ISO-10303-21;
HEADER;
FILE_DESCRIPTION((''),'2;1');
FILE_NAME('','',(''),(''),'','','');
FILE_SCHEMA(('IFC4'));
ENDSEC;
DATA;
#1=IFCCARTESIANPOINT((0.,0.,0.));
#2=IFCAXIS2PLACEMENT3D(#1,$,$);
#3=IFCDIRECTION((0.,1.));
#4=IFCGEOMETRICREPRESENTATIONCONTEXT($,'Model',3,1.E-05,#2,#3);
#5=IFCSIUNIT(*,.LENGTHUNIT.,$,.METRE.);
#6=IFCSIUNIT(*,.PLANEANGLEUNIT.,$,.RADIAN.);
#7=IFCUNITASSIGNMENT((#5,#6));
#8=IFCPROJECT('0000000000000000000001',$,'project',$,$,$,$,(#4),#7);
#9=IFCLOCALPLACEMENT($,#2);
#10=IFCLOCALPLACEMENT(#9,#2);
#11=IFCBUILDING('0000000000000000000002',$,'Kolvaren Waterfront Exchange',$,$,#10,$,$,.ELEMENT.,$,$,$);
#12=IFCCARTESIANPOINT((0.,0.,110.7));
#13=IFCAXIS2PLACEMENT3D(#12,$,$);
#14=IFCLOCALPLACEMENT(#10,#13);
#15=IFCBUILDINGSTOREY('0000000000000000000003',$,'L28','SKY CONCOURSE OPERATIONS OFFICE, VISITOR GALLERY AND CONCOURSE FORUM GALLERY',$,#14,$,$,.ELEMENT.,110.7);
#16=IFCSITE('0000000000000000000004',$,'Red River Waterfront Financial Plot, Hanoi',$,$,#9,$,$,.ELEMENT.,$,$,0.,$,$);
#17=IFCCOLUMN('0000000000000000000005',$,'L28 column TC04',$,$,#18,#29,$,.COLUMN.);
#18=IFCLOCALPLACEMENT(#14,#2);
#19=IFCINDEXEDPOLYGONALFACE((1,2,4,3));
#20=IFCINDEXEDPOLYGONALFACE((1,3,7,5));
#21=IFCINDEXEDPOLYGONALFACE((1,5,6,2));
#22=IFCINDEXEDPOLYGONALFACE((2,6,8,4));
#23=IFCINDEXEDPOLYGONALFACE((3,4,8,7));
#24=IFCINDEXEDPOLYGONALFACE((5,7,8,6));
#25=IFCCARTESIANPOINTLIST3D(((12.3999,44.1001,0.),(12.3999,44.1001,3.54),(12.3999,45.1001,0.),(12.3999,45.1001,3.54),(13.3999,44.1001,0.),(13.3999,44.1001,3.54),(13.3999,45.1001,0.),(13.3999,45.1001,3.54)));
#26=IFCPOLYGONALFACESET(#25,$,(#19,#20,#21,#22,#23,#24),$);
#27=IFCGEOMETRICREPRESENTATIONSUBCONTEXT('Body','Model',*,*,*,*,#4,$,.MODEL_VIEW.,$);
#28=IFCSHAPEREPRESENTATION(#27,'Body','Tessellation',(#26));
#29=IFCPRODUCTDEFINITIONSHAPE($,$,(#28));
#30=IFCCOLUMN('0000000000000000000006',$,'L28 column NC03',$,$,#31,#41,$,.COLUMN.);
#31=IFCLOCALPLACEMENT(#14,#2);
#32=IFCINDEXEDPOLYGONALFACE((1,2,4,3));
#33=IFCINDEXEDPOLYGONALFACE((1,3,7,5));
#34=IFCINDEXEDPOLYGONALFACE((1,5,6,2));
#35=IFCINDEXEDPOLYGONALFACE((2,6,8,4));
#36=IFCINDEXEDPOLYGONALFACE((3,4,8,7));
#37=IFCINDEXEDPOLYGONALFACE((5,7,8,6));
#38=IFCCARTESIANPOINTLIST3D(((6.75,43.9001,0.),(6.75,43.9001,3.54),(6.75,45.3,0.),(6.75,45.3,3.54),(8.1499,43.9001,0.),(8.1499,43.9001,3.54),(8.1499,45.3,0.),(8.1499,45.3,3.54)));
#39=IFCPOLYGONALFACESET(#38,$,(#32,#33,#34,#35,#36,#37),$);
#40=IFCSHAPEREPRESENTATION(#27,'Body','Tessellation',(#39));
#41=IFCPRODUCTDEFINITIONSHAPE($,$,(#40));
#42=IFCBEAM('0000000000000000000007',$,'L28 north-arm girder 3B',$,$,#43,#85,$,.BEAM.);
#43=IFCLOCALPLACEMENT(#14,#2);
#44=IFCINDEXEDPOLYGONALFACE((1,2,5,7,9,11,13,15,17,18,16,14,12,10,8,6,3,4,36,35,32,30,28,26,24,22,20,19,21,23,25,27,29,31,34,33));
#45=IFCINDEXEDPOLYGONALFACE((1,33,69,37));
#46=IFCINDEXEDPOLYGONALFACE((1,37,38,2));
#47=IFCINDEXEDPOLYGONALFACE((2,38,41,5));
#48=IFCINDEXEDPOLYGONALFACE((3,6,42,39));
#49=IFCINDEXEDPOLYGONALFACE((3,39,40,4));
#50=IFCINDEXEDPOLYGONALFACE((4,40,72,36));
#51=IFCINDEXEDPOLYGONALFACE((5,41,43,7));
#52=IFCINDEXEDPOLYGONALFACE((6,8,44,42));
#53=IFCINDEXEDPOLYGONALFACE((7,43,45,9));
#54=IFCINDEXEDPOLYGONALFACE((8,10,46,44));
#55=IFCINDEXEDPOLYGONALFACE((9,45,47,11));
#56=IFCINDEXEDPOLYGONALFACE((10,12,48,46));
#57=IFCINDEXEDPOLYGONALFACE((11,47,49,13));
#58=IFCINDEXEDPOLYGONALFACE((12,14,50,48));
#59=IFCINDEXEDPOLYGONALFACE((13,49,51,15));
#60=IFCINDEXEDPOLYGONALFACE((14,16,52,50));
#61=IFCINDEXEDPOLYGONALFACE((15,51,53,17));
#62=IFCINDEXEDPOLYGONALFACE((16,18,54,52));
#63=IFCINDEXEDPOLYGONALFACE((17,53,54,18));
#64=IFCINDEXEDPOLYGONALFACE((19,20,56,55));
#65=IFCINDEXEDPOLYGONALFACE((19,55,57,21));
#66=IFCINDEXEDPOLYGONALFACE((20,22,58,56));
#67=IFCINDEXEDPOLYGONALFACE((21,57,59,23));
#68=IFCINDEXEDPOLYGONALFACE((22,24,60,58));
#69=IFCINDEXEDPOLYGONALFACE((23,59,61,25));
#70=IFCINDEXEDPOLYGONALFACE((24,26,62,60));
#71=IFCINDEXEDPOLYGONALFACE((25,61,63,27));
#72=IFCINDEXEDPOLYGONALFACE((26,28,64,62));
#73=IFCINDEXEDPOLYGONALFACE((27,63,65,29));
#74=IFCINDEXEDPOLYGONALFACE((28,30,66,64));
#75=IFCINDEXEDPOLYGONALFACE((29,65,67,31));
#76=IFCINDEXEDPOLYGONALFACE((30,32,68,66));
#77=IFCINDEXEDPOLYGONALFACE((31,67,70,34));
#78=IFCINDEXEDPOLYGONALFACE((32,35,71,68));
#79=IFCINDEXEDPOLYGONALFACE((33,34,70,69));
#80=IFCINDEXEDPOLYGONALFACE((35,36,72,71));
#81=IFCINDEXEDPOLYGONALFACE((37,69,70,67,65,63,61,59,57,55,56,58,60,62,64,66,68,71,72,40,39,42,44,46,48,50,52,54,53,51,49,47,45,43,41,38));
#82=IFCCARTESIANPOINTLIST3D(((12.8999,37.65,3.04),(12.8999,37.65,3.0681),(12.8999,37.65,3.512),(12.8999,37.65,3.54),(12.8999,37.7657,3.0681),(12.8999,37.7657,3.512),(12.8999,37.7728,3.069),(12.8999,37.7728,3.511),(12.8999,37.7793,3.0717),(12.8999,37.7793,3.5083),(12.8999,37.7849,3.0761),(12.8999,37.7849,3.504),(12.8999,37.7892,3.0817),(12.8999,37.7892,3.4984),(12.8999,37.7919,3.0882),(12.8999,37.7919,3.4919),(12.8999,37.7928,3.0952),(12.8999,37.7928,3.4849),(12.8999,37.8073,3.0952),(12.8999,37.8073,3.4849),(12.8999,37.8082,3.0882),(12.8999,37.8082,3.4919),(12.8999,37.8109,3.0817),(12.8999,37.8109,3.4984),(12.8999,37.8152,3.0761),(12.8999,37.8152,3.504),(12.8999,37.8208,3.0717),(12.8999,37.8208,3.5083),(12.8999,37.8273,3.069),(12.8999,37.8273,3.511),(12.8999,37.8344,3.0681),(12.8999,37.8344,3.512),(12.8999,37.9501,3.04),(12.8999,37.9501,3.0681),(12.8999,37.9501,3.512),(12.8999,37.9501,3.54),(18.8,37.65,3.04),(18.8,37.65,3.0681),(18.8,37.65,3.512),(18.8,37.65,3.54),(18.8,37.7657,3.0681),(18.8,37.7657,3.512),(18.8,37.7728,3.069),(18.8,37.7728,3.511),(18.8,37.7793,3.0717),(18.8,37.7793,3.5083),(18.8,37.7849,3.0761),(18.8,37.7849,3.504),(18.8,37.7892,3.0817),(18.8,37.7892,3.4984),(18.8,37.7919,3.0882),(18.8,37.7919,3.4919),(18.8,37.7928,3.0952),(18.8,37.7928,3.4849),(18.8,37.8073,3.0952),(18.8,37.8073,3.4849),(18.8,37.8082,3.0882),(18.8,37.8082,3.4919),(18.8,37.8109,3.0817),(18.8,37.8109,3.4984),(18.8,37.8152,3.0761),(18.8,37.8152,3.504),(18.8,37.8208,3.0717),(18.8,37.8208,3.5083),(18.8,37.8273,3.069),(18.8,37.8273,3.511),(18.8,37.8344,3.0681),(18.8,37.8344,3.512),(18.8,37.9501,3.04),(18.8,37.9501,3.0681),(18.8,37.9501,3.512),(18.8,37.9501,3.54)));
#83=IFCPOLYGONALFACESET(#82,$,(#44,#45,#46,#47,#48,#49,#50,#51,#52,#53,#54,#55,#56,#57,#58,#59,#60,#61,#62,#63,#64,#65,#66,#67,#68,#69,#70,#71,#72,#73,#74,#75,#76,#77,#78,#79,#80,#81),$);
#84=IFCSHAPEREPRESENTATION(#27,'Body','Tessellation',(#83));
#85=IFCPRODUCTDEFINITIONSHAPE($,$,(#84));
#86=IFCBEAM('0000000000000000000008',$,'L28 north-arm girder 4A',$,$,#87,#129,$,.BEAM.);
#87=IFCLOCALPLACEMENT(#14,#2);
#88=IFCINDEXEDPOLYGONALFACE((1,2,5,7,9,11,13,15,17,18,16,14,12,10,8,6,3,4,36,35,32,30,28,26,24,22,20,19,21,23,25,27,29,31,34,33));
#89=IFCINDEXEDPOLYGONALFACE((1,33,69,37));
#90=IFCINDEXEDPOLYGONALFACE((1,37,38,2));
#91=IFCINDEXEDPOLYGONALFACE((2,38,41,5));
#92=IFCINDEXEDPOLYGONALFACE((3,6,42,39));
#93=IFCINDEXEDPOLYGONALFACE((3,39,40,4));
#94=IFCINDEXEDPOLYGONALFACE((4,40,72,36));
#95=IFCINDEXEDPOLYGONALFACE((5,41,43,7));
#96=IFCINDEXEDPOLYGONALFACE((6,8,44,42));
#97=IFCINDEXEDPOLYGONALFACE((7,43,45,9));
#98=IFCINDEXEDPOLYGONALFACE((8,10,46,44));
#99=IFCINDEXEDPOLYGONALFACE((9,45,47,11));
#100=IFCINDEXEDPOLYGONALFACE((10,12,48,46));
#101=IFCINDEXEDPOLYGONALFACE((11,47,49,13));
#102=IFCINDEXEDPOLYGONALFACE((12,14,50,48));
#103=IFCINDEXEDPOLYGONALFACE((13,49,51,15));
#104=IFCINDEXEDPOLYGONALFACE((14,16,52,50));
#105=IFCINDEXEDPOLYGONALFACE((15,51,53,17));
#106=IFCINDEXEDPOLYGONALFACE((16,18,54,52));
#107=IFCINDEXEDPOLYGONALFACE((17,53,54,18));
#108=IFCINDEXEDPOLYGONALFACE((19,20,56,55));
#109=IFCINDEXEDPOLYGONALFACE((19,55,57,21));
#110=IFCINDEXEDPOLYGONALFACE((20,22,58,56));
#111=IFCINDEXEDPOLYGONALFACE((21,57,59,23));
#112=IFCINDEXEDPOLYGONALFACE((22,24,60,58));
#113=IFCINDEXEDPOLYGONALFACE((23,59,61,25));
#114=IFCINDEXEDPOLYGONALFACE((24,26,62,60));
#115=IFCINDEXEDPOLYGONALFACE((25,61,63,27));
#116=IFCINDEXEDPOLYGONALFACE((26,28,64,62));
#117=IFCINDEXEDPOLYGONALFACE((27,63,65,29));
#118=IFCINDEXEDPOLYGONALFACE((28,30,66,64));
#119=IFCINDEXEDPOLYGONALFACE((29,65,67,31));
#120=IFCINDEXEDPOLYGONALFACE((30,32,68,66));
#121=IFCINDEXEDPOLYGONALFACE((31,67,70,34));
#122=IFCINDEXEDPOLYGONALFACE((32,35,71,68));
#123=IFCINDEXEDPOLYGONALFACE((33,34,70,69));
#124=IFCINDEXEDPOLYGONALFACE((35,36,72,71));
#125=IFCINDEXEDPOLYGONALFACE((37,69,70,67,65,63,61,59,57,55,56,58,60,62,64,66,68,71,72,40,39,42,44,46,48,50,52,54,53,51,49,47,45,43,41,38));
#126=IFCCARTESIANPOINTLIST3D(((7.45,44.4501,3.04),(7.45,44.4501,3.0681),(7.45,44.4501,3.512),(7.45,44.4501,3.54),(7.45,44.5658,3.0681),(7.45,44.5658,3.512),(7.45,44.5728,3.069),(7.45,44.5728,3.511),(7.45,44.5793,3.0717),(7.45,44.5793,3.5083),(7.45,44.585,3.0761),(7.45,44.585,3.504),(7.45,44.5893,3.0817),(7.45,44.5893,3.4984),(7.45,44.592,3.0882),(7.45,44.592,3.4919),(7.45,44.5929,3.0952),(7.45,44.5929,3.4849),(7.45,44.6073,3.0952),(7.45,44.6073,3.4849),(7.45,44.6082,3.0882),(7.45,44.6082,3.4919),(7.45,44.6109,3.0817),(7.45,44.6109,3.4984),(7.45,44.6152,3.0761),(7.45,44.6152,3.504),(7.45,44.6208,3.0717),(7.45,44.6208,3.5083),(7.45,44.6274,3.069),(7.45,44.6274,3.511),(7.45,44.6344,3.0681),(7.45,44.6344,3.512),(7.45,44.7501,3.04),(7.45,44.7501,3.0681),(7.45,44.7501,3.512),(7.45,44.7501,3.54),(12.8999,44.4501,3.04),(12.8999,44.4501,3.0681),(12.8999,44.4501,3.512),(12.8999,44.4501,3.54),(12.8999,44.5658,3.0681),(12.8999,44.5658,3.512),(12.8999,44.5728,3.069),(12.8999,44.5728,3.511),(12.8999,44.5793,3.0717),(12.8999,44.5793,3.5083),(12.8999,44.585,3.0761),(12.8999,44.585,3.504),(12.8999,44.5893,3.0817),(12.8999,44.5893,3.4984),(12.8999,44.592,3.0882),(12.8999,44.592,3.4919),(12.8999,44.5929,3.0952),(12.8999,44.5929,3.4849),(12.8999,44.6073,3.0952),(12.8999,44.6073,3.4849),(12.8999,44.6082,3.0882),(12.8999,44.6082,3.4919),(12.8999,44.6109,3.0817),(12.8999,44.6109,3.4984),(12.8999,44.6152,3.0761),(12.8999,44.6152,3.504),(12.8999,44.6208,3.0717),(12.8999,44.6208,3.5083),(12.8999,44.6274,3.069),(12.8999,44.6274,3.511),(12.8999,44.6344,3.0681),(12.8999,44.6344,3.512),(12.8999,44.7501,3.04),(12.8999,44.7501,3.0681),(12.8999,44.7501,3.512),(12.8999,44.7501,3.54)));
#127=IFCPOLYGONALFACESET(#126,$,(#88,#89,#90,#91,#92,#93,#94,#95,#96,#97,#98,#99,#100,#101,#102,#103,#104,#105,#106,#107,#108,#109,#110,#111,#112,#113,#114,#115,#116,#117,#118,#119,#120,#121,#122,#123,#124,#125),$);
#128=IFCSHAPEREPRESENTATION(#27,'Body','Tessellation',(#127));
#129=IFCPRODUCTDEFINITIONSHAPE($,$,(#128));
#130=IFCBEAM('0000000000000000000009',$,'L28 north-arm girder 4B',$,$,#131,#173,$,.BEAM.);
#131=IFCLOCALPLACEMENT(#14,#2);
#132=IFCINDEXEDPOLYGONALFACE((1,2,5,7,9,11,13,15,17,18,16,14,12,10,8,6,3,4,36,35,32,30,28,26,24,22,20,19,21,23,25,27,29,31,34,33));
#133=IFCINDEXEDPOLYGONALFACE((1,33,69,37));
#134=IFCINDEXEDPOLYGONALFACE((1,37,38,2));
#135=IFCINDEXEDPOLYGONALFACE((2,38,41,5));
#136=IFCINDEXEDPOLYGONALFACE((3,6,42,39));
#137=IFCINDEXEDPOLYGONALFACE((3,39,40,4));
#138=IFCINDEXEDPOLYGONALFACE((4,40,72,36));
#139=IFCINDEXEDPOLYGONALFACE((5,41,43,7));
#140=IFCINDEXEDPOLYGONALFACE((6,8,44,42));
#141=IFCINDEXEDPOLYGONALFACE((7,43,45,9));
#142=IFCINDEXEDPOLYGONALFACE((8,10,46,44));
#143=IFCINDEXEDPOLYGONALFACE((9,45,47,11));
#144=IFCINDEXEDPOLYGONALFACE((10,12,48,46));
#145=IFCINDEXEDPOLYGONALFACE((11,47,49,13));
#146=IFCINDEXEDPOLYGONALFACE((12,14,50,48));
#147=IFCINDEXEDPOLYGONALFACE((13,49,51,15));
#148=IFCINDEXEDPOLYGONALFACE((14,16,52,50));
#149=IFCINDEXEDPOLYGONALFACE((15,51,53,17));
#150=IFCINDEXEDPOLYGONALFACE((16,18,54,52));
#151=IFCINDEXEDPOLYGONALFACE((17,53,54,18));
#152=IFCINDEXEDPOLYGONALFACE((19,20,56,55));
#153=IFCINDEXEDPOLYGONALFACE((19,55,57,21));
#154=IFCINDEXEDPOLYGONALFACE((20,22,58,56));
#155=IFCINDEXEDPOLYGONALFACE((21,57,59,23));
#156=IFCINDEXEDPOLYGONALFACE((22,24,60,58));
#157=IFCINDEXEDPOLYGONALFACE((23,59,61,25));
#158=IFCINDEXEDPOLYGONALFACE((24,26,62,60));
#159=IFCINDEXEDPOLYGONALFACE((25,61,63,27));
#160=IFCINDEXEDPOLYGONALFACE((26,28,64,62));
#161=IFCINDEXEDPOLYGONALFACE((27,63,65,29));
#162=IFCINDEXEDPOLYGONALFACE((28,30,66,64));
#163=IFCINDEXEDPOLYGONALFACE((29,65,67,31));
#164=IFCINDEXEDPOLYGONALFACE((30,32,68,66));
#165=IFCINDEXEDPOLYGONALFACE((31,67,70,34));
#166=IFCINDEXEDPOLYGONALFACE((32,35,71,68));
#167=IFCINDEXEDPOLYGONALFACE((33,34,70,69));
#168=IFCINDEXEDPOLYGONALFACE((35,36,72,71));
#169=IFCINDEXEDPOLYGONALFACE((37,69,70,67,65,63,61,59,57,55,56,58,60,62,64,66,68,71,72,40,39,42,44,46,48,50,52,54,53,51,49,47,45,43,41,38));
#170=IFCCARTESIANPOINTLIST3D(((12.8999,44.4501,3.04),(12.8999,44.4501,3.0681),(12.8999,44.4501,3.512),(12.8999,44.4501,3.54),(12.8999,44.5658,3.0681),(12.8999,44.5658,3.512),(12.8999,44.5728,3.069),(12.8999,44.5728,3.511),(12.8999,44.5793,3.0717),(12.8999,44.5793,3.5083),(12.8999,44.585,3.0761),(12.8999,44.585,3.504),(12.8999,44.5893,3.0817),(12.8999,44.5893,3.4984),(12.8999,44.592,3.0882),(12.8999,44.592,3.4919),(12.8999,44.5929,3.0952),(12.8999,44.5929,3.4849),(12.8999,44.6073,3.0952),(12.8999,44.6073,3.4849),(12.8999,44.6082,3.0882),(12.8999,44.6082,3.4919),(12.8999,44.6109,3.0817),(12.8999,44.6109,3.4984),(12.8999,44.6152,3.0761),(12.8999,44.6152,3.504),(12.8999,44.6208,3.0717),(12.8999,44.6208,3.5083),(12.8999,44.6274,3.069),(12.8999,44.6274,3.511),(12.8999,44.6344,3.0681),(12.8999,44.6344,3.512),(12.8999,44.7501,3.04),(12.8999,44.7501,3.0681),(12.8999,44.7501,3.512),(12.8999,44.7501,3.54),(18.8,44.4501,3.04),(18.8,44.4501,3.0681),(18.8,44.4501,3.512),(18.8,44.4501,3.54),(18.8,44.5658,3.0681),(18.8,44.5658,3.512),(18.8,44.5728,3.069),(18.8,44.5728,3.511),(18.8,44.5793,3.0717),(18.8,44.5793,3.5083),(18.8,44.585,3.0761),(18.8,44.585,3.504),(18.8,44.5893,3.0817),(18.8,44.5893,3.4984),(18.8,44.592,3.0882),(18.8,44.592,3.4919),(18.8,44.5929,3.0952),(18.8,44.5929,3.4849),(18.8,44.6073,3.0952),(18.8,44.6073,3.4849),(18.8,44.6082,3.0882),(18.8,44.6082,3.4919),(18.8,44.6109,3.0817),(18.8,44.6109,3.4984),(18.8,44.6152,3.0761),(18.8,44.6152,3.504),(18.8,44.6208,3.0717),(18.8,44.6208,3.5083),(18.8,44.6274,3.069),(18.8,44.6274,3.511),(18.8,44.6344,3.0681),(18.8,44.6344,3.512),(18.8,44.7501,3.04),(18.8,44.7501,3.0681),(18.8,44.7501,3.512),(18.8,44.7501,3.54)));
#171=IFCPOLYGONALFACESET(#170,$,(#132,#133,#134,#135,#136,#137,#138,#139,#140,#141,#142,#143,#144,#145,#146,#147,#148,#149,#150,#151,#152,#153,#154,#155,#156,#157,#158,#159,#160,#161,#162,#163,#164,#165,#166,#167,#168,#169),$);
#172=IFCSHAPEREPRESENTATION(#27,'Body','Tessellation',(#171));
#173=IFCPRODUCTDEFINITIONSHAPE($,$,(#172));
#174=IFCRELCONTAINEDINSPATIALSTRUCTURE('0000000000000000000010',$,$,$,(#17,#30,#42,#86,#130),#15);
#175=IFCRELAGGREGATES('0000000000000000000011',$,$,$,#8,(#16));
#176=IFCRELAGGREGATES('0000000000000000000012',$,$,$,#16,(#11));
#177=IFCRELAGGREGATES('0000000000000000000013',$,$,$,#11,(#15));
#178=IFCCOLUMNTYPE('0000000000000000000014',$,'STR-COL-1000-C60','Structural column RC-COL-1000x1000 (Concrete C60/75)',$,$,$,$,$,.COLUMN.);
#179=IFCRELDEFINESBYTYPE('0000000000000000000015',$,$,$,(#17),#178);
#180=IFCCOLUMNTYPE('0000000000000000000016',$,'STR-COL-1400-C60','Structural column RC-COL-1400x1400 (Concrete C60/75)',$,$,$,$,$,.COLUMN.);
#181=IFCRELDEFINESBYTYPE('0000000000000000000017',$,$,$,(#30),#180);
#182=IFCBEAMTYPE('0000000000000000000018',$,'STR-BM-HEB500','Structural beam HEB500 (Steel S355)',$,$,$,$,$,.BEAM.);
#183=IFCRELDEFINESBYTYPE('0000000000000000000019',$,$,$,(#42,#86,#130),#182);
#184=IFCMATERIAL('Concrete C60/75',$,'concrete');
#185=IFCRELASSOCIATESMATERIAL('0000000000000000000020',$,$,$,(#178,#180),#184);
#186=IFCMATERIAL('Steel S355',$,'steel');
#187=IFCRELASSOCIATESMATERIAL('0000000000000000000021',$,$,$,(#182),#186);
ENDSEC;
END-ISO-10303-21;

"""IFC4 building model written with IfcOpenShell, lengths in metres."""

from ifc_helpers import new_model, si_unit, direction, frame, origin, origin_2d, place, context, subcontext, project, spatial, rectangle, i_section, extrude, material, material_profile, profile_set, type_object, element, save


model = new_model("IFC4")

# Units and contexts
model_context = context("Model", 3, precision=1e-05, world=origin(), true_north=direction((0.0, 1.0)))
body_context = subcontext(model_context, "Body", "Model", "MODEL_VIEW")
ifc_project = project(units=[si_unit("LENGTHUNIT", "METRE"), si_unit("PLANEANGLEUNIT", "RADIAN")], contexts=[model_context])

# Site, building, storey
site_placement = place(None, origin())
site = spatial("IfcSite", under=ifc_project, at=site_placement, Name="Red River Waterfront Financial Plot, Hanoi", CompositionType="ELEMENT", RefElevation=0.0)
building_placement = place(site_placement, origin())
building = spatial("IfcBuilding", under=site, at=building_placement, Name="Kolvaren Waterfront Exchange", CompositionType="ELEMENT")
storey_placement = place(building_placement, frame((0.0, 0.0, 110.7)))
storey = spatial("IfcBuildingStorey", under=building, at=storey_placement, Name="L28", Description="SKY CONCOURSE OPERATIONS OFFICE, VISITOR GALLERY AND CONCOURSE FORUM GALLERY", CompositionType="ELEMENT", Elevation=110.7)

# Columns
ifc_material_1 = material(Name="Concrete C60/75", Category="concrete")
ifc_material_profile_1 = material_profile(ifc_material_1, rectangle(XDim=1.0, YDim=1.0, at=origin_2d()), Name="RC-COL-1000x1000")
ifc_profile_set_1 = profile_set([ifc_material_profile_1], Name="Concrete C60/75")
column_type_1 = type_object("IfcColumnType", Name="STR-COL-1000-C60", Description="Structural column RC-COL-1000x1000 (Concrete C60/75)", PredefinedType="COLUMN", material=ifc_profile_set_1)
column_1_placement = place(storey_placement, frame((12.8999, 44.6001, 0.0), z_axis=(0.0, 0.0, 1.0), x_axis=(1.0, 0.0, 0.0)))
element("IfcColumn", 1, at=column_1_placement, inside=storey, type_object=column_type_1, Name="L28 column TC04", PredefinedType="COLUMN", context=body_context, shape_type="SweptSolid", body=[
    extrude(rectangle(XDim=1.0, YDim=1.0, at=origin_2d()), origin(), (0.0, 0.0, 1.0), 3.54),
])
ifc_material_profile_2 = material_profile(ifc_material_1, rectangle(XDim=1.3999, YDim=1.3999, at=origin_2d()), Name="RC-COL-1400x1400")
ifc_profile_set_2 = profile_set([ifc_material_profile_2], Name="Concrete C60/75")
column_type_2 = type_object("IfcColumnType", Name="STR-COL-1400-C60", Description="Structural column RC-COL-1400x1400 (Concrete C60/75)", PredefinedType="COLUMN", material=ifc_profile_set_2)
column_2_placement = place(storey_placement, frame((7.45, 44.6001, 0.0), z_axis=(0.0, 0.0, 1.0), x_axis=(1.0, 0.0, 0.0)))
element("IfcColumn", 2, at=column_2_placement, inside=storey, type_object=column_type_2, Name="L28 column NC03", PredefinedType="COLUMN", context=body_context, shape_type="SweptSolid", body=[
    extrude(rectangle(XDim=1.3999, YDim=1.3999, at=origin_2d()), origin(), (0.0, 0.0, 1.0), 3.54),
])

# Beams
ifc_material_2 = material(Name="Steel S355", Category="steel")
ifc_material_profile_3 = material_profile(ifc_material_2, i_section(OverallWidth=0.3, OverallDepth=0.5, WebThickness=0.0144, FlangeThickness=0.0281, FilletRadius=0.0271, at=origin_2d()), Name="HEB500")
ifc_profile_set_3 = profile_set([ifc_material_profile_3], Name="Steel S355")
beam_type_1 = type_object("IfcBeamType", Name="STR-BM-HEB500", Description="Structural beam HEB500 (Steel S355)", PredefinedType="BEAM", material=ifc_profile_set_3)
beam_1_placement = place(storey_placement, frame((12.8999, 37.8, 3.29), z_axis=(1.0, 0.0, 0.0), x_axis=(0.0, 1.0, 0.0)))
element("IfcBeam", 3, at=beam_1_placement, inside=storey, type_object=beam_type_1, Name="L28 north-arm girder 3B", PredefinedType="BEAM", context=body_context, shape_type="SweptSolid", body=[
    extrude(i_section(OverallWidth=0.3, OverallDepth=0.5, WebThickness=0.0144, FlangeThickness=0.0281, FilletRadius=0.0271, at=origin_2d()), origin(), (0.0, 0.0, 1.0), 5.9001),
])
beam_2_placement = place(storey_placement, frame((7.45, 44.6001, 3.29), z_axis=(1.0, 0.0, 0.0), x_axis=(0.0, 1.0, 0.0)))
element("IfcBeam", 4, at=beam_2_placement, inside=storey, type_object=beam_type_1, Name="L28 north-arm girder 4A", PredefinedType="BEAM", context=body_context, shape_type="SweptSolid", body=[
    extrude(i_section(OverallWidth=0.3, OverallDepth=0.5, WebThickness=0.0144, FlangeThickness=0.0281, FilletRadius=0.0271, at=origin_2d()), origin(), (0.0, 0.0, 1.0), 5.45),
])
beam_3_placement = place(storey_placement, frame((12.8999, 44.6001, 3.29), z_axis=(1.0, 0.0, 0.0), x_axis=(0.0, 1.0, 0.0)))
element("IfcBeam", 5, at=beam_3_placement, inside=storey, type_object=beam_type_1, Name="L28 north-arm girder 4B", PredefinedType="BEAM", context=body_context, shape_type="SweptSolid", body=[
    extrude(i_section(OverallWidth=0.3, OverallDepth=0.5, WebThickness=0.0144, FlangeThickness=0.0281, FilletRadius=0.0271, at=origin_2d()), origin(), (0.0, 0.0, 1.0), 5.9001),
])

save(model, "model.ifc")
